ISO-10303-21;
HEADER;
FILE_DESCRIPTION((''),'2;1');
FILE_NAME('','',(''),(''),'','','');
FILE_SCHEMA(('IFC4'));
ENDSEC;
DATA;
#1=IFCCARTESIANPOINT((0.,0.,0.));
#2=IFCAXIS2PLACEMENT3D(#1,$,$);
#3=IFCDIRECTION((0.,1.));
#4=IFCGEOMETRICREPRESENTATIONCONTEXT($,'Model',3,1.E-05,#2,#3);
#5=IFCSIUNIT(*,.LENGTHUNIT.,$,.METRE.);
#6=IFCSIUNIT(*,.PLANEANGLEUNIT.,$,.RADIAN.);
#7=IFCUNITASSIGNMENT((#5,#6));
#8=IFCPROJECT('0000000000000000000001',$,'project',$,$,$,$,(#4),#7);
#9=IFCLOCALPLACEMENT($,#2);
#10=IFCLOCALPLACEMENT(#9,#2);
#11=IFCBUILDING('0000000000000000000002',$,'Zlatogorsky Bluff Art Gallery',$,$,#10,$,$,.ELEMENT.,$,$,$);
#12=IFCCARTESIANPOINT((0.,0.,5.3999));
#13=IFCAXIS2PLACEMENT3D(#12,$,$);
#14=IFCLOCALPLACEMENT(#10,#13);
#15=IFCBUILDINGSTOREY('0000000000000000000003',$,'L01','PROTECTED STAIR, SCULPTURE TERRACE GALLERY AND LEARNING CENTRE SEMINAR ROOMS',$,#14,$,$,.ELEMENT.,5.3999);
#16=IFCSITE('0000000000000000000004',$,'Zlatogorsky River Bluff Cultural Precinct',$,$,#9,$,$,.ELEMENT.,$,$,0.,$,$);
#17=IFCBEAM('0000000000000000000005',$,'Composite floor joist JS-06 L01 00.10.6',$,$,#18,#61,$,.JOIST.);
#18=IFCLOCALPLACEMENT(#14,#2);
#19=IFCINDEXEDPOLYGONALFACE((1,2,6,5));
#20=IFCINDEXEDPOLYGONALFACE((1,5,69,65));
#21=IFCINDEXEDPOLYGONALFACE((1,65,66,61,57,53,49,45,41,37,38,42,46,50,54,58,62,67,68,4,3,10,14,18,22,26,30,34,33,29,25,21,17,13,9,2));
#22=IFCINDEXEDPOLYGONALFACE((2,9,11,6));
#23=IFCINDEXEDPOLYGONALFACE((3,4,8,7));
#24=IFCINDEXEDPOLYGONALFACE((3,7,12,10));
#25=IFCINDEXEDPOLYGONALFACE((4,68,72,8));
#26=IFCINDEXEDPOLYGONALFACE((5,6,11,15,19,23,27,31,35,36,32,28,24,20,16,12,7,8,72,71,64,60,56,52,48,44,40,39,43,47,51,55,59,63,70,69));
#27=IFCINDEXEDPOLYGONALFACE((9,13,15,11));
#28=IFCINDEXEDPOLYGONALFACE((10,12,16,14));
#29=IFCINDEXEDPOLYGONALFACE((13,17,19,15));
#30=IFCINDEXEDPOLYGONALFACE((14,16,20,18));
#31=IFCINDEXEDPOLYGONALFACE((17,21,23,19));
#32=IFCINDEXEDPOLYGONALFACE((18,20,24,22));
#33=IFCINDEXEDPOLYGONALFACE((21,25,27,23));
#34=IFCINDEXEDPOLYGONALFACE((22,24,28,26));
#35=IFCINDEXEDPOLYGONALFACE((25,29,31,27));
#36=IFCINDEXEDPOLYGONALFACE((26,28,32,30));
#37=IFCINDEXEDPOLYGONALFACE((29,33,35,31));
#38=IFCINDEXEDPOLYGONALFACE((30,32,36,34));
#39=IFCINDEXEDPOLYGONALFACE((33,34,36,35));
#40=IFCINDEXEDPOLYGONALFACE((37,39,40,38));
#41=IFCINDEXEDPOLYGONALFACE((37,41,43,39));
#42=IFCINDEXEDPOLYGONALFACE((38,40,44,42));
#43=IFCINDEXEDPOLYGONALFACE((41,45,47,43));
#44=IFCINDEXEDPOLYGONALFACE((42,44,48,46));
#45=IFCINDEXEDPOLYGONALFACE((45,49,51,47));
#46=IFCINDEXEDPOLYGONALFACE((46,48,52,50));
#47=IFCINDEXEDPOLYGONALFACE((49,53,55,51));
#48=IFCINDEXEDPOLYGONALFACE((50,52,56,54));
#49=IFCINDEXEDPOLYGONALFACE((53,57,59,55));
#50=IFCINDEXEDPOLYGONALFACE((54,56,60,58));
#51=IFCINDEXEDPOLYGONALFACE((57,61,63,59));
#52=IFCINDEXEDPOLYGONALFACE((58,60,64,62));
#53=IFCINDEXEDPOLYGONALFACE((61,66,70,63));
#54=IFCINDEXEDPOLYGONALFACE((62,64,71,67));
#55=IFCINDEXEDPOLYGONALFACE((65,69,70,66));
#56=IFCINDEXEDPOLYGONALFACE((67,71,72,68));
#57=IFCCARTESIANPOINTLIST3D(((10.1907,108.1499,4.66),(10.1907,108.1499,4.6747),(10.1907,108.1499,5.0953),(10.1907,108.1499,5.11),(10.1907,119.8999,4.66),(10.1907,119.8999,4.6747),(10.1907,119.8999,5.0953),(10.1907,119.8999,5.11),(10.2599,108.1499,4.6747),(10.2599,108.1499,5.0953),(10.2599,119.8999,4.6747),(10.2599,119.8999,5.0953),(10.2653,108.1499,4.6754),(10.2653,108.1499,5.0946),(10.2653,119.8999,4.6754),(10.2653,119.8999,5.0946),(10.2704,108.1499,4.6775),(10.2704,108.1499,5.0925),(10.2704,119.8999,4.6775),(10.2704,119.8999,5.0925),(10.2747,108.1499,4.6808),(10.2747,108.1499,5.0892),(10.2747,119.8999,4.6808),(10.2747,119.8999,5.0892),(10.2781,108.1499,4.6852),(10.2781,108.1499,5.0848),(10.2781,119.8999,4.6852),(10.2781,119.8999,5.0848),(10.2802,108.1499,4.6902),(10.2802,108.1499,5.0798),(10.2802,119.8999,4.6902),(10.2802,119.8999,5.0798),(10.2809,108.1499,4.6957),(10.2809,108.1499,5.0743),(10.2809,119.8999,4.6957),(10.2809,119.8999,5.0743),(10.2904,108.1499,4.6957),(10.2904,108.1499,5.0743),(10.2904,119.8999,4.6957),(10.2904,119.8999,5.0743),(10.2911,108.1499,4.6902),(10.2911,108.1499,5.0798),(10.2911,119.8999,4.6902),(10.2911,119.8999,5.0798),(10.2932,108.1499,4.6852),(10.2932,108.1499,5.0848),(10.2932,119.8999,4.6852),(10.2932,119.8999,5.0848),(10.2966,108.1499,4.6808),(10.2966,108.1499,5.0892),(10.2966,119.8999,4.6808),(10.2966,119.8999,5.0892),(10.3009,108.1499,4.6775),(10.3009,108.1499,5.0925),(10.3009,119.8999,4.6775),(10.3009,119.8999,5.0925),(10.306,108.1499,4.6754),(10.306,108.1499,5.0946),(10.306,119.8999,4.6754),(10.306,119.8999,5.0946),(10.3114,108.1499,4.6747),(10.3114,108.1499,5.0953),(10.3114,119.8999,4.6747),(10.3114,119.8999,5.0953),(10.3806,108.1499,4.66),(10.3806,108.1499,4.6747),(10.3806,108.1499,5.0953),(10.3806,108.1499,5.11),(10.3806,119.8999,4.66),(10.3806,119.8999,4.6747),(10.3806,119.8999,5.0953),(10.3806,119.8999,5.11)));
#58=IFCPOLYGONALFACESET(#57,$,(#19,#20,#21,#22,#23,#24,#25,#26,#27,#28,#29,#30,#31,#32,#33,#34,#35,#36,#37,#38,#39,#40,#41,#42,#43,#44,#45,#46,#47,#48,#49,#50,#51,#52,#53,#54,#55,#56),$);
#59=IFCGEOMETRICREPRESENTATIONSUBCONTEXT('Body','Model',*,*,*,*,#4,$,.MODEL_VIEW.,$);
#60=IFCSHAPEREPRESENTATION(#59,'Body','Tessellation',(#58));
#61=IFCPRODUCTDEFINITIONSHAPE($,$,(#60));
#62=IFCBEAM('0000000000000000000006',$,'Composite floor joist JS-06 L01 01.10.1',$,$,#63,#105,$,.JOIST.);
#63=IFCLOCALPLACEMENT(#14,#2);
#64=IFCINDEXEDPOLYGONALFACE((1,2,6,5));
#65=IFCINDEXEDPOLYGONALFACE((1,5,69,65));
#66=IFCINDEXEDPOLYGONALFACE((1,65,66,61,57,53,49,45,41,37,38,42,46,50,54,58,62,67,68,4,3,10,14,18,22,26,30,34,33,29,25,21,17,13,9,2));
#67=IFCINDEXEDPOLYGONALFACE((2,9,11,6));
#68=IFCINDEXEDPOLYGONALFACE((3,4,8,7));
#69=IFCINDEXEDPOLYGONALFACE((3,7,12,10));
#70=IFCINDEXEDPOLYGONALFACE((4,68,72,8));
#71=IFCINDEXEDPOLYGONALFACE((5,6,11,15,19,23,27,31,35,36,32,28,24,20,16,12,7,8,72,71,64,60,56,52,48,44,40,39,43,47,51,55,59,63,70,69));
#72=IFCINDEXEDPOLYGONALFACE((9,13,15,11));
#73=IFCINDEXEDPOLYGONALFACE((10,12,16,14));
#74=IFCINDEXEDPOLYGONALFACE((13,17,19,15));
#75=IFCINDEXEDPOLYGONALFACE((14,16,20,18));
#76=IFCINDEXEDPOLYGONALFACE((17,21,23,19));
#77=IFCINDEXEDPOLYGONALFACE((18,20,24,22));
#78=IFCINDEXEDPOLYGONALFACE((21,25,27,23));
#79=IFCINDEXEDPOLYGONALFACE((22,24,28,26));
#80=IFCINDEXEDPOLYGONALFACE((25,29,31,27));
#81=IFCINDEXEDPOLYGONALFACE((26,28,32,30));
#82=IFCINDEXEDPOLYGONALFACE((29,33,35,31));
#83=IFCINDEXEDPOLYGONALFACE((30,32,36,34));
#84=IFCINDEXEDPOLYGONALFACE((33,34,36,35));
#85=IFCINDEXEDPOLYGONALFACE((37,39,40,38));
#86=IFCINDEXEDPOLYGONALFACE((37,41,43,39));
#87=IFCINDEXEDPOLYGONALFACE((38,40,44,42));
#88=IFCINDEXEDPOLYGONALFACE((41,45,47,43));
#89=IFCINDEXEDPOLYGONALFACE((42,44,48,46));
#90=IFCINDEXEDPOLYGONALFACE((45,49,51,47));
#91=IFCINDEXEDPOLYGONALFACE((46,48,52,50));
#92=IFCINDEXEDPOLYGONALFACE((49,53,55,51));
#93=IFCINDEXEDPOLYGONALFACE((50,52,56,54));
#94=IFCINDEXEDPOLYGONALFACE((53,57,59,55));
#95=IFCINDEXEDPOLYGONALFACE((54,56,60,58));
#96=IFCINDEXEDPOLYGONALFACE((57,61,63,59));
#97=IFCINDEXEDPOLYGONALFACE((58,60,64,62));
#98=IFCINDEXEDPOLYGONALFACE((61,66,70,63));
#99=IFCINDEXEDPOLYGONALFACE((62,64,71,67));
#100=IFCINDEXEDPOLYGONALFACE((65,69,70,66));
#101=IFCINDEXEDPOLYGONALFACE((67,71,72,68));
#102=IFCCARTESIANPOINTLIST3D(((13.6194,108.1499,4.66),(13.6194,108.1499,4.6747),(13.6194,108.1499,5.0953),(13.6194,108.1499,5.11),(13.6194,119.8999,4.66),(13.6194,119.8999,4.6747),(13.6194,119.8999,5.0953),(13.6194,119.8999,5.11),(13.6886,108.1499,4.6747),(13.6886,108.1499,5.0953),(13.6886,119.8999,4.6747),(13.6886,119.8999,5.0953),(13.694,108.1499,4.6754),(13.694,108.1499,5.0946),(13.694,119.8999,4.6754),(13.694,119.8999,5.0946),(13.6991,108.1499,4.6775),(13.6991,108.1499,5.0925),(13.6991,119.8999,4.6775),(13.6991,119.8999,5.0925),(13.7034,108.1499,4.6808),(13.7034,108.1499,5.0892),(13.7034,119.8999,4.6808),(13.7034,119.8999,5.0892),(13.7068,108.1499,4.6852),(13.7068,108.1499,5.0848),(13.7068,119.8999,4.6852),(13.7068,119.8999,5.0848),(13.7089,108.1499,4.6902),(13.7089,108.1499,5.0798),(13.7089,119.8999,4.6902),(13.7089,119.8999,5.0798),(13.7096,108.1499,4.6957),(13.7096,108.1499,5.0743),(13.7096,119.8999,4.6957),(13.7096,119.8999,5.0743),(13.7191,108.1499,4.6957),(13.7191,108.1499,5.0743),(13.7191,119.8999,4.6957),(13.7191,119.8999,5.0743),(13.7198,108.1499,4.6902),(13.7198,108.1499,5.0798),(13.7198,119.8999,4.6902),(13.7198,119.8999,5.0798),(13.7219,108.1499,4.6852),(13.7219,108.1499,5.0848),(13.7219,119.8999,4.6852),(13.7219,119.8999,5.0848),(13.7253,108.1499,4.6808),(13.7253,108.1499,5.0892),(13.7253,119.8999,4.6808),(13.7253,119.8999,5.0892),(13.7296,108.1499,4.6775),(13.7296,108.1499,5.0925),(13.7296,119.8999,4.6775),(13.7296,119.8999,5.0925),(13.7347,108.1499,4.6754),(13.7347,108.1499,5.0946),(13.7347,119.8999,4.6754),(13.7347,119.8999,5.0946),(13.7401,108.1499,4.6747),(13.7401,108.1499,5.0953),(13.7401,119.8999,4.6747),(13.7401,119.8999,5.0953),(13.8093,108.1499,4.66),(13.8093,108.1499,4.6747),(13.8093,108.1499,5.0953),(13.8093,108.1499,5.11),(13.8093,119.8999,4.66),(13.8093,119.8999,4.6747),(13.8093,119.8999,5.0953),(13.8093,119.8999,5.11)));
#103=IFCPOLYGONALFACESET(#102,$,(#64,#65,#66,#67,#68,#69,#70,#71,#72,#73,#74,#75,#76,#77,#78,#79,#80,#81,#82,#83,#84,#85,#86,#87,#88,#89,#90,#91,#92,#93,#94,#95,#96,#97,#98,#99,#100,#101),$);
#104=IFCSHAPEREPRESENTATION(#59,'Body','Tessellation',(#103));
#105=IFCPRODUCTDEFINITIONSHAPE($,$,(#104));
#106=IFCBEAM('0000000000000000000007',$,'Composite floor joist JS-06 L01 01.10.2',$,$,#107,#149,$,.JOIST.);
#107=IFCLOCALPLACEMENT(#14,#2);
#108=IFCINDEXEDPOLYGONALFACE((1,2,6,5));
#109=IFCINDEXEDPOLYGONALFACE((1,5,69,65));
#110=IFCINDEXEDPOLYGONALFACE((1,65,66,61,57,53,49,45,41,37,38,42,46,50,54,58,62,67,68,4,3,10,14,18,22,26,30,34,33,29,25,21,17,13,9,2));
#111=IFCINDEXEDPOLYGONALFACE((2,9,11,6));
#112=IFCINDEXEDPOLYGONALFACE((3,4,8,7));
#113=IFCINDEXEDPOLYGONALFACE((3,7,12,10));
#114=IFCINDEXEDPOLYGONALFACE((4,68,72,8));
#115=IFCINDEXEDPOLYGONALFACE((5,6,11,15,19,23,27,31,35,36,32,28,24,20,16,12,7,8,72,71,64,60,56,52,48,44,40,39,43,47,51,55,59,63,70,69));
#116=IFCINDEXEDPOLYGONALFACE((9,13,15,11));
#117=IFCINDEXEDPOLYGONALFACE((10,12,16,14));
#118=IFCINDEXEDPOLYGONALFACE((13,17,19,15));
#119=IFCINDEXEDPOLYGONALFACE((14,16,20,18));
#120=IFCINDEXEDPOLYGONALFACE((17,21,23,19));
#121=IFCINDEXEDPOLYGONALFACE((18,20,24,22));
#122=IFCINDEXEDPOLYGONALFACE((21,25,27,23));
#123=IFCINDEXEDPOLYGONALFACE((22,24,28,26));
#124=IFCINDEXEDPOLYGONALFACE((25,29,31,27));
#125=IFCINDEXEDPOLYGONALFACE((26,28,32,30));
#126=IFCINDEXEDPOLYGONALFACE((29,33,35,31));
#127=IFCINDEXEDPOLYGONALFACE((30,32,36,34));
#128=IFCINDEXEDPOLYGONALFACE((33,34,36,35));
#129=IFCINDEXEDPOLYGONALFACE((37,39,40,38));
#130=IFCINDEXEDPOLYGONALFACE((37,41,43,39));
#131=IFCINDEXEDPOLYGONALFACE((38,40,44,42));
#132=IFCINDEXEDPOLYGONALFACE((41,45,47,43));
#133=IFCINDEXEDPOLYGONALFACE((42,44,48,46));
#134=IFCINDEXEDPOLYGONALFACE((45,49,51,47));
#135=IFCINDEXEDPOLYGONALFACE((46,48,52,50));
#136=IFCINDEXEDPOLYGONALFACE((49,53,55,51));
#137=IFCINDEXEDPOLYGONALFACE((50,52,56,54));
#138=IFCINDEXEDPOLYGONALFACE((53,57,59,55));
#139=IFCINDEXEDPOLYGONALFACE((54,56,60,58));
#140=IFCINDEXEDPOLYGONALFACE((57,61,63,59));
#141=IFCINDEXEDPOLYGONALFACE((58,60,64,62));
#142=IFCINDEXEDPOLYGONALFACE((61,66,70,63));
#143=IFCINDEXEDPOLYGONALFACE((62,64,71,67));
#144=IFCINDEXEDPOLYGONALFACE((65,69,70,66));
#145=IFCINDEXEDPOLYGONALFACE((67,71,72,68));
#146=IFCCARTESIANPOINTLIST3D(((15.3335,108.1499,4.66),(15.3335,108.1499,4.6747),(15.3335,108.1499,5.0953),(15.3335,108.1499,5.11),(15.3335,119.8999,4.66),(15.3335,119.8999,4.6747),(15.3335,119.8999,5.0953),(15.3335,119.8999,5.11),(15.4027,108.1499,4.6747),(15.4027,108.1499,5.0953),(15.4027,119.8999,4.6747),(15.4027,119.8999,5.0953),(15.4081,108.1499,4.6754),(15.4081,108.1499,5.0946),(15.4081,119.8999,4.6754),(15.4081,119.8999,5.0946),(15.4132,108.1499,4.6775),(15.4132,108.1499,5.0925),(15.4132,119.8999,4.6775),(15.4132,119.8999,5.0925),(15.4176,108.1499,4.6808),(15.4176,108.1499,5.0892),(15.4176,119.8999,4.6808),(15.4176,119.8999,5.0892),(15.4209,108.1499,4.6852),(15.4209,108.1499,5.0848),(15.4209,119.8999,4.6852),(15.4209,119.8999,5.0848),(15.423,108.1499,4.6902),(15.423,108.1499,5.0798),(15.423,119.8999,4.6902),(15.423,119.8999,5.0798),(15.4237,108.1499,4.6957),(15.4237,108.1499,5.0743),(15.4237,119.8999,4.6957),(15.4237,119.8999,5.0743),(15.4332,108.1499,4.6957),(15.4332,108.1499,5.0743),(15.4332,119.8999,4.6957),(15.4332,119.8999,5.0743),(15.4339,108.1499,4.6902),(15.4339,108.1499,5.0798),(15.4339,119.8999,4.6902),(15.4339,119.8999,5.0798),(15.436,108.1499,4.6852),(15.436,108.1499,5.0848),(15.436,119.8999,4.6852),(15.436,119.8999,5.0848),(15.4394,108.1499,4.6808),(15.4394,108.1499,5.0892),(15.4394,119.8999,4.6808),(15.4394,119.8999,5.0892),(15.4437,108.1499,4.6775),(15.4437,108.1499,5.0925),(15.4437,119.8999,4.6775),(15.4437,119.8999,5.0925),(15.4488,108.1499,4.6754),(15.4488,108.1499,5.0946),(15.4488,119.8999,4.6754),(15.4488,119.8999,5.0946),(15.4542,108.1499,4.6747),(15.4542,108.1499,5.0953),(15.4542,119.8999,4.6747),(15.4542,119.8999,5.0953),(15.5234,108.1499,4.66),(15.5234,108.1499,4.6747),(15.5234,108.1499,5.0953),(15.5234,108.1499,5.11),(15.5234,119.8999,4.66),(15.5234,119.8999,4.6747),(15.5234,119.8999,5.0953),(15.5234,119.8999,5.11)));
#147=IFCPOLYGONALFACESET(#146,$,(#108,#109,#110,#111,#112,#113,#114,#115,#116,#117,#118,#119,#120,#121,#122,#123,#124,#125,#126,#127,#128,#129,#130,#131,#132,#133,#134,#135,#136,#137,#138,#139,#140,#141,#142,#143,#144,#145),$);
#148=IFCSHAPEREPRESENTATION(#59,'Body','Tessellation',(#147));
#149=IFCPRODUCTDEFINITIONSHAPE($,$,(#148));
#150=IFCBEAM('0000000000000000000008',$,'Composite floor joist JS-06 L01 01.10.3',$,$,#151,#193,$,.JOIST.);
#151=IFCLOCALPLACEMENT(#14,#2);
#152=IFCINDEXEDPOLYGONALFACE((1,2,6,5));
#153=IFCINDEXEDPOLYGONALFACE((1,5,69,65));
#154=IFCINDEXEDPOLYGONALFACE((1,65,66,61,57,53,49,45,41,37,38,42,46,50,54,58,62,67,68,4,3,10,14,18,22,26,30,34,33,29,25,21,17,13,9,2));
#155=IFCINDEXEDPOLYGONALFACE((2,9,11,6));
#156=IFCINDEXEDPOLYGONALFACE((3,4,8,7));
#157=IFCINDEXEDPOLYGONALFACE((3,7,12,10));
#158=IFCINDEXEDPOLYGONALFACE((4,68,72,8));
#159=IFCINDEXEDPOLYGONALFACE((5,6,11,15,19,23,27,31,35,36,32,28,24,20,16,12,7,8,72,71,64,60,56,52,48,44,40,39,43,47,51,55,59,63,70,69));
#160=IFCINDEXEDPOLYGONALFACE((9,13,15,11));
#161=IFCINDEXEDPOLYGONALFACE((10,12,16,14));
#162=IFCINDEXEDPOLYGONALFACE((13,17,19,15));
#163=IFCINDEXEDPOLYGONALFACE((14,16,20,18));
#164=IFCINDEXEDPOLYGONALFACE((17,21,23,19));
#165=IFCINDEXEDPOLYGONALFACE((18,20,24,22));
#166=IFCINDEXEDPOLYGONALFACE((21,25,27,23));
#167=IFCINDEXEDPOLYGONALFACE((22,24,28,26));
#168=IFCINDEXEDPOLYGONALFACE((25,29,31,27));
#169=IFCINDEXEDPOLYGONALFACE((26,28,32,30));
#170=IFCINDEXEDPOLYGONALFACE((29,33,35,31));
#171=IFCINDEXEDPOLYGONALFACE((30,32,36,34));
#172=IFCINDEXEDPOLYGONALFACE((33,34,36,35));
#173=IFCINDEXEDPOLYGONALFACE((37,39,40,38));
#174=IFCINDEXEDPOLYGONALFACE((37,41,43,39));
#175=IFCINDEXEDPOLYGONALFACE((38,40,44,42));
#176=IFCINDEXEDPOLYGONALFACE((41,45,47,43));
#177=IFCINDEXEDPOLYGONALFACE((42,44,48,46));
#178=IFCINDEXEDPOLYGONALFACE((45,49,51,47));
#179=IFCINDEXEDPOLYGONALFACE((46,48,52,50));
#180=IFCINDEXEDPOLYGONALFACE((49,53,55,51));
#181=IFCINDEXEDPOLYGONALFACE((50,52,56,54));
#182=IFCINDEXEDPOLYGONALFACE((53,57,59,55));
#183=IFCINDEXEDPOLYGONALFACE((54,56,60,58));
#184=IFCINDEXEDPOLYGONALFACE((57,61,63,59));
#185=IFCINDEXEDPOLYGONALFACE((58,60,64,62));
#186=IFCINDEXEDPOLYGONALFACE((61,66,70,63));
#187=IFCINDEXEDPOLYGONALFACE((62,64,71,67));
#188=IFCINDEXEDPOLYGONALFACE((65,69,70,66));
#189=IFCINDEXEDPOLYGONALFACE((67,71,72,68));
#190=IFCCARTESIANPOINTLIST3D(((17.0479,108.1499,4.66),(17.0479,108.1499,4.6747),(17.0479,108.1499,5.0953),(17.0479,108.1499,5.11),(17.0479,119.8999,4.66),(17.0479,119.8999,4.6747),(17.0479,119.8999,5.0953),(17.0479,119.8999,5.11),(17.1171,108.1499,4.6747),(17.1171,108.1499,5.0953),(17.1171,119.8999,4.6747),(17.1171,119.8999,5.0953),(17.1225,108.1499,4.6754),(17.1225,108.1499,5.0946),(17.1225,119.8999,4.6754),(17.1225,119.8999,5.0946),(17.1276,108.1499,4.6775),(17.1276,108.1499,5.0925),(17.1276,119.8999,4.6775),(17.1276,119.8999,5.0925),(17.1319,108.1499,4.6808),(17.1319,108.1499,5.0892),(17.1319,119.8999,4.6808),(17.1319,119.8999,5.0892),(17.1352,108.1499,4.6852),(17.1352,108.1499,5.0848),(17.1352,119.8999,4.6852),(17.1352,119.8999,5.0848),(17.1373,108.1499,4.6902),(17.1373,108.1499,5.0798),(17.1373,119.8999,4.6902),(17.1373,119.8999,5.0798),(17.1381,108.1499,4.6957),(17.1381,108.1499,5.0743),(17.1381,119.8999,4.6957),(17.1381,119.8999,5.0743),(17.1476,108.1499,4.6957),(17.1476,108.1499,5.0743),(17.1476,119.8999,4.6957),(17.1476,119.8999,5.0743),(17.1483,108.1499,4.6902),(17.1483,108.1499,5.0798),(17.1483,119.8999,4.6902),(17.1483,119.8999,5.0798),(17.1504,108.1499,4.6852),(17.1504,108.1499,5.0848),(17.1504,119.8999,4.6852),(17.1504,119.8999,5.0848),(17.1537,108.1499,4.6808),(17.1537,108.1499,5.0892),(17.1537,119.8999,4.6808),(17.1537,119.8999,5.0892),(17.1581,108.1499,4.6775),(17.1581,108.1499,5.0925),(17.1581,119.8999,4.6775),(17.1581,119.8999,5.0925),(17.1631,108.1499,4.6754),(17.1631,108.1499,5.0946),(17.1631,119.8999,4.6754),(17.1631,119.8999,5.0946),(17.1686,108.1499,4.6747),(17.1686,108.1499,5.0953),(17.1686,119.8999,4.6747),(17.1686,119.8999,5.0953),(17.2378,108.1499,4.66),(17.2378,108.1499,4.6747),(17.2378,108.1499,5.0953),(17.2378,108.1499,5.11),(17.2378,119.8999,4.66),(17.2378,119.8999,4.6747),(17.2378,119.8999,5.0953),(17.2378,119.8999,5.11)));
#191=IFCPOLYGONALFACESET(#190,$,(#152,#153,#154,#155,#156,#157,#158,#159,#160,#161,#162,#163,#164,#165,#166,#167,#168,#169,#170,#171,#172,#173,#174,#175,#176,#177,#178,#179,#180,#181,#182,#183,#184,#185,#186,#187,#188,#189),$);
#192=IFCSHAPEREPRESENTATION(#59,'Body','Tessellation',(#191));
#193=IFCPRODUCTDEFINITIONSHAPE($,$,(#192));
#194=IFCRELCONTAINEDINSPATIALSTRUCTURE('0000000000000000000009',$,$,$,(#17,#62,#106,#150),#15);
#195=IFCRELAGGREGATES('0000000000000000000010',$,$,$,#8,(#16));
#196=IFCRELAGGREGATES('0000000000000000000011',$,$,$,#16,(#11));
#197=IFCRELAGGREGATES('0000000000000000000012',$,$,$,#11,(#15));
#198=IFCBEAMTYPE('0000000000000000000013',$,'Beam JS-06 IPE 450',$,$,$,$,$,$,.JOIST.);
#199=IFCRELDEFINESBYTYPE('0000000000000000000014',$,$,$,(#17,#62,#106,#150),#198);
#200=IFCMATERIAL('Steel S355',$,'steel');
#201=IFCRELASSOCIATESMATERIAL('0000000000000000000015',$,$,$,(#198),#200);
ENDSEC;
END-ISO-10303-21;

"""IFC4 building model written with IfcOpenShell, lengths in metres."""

from ifc_helpers import new_model, si_unit, direction, frame, origin, origin_2d, place, context, subcontext, project, spatial, i_section, extrude, material, material_profile, profile_set, type_object, element, save


model = new_model("IFC4")

# Units and contexts
model_context = context("Model", 3, precision=1e-05, world=origin(), true_north=direction((0.0, 1.0)))
body_context = subcontext(model_context, "Body", "Model", "MODEL_VIEW")
ifc_project = project(units=[si_unit("LENGTHUNIT", "METRE"), si_unit("PLANEANGLEUNIT", "RADIAN")], contexts=[model_context])

# Site, building, storey
site_placement = place(None, origin())
site = spatial("IfcSite", under=ifc_project, at=site_placement, Name="Zlatogorsky River Bluff Cultural Precinct", CompositionType="ELEMENT", RefElevation=0.0)
building_placement = place(site_placement, origin())
building = spatial("IfcBuilding", under=site, at=building_placement, Name="Zlatogorsky Bluff Art Gallery", CompositionType="ELEMENT")
storey_placement = place(building_placement, frame((0.0, 0.0, 5.3999)))
storey = spatial("IfcBuildingStorey", under=building, at=storey_placement, Name="L01", Description="PROTECTED STAIR, SCULPTURE TERRACE GALLERY AND LEARNING CENTRE SEMINAR ROOMS", CompositionType="ELEMENT", Elevation=5.3999)

# Shared definitions
ifc_material_1 = material(Name="Steel S355", Category="steel")

# Beams
ifc_material_profile_1 = material_profile(ifc_material_1, i_section(OverallWidth=0.1899, OverallDepth=0.45, WebThickness=0.0095, FlangeThickness=0.0146, FilletRadius=0.021, at=origin_2d()), Name="IPE 450")
ifc_profile_set_1 = profile_set([ifc_material_profile_1], Name="Steel S355")
beam_type_1 = type_object("IfcBeamType", Name="Beam JS-06 IPE 450", PredefinedType="JOIST", material=ifc_profile_set_1)
for number, where, z_axis, x_axis, name in (
    (1, (10.2856, 108.1499, 4.885), (0.0, 1.0, 0.0), (-1.0, 0.0, 0.0), "Composite floor joist JS-06 L01 00.10.6"),
    (2, (13.7144, 108.1499, 4.885), (0.0, 1.0, 0.0), (-1.0, 0.0, 0.0), "Composite floor joist JS-06 L01 01.10.1"),
    (3, (15.4285, 108.1499, 4.885), (0.0, 1.0, 0.0), (-1.0, 0.0, 0.0), "Composite floor joist JS-06 L01 01.10.2"),
    (4, (17.1428, 108.1499, 4.885), (0.0, 1.0, 0.0), (-1.0, 0.0, 0.0), "Composite floor joist JS-06 L01 01.10.3"),
):
    element("IfcBeam", number, at=place(storey_placement, frame(where, z_axis=z_axis, x_axis=x_axis)), inside=storey, type_object=beam_type_1, Name=name, PredefinedType="JOIST", context=body_context, shape_type="SweptSolid", body=[
        extrude(i_section(OverallWidth=0.1899, OverallDepth=0.45, WebThickness=0.0095, FlangeThickness=0.0146, FilletRadius=0.021, at=origin_2d()), origin(), (0.0, 0.0, 1.0), 11.75),
    ])

save(model, "model.ifc")
